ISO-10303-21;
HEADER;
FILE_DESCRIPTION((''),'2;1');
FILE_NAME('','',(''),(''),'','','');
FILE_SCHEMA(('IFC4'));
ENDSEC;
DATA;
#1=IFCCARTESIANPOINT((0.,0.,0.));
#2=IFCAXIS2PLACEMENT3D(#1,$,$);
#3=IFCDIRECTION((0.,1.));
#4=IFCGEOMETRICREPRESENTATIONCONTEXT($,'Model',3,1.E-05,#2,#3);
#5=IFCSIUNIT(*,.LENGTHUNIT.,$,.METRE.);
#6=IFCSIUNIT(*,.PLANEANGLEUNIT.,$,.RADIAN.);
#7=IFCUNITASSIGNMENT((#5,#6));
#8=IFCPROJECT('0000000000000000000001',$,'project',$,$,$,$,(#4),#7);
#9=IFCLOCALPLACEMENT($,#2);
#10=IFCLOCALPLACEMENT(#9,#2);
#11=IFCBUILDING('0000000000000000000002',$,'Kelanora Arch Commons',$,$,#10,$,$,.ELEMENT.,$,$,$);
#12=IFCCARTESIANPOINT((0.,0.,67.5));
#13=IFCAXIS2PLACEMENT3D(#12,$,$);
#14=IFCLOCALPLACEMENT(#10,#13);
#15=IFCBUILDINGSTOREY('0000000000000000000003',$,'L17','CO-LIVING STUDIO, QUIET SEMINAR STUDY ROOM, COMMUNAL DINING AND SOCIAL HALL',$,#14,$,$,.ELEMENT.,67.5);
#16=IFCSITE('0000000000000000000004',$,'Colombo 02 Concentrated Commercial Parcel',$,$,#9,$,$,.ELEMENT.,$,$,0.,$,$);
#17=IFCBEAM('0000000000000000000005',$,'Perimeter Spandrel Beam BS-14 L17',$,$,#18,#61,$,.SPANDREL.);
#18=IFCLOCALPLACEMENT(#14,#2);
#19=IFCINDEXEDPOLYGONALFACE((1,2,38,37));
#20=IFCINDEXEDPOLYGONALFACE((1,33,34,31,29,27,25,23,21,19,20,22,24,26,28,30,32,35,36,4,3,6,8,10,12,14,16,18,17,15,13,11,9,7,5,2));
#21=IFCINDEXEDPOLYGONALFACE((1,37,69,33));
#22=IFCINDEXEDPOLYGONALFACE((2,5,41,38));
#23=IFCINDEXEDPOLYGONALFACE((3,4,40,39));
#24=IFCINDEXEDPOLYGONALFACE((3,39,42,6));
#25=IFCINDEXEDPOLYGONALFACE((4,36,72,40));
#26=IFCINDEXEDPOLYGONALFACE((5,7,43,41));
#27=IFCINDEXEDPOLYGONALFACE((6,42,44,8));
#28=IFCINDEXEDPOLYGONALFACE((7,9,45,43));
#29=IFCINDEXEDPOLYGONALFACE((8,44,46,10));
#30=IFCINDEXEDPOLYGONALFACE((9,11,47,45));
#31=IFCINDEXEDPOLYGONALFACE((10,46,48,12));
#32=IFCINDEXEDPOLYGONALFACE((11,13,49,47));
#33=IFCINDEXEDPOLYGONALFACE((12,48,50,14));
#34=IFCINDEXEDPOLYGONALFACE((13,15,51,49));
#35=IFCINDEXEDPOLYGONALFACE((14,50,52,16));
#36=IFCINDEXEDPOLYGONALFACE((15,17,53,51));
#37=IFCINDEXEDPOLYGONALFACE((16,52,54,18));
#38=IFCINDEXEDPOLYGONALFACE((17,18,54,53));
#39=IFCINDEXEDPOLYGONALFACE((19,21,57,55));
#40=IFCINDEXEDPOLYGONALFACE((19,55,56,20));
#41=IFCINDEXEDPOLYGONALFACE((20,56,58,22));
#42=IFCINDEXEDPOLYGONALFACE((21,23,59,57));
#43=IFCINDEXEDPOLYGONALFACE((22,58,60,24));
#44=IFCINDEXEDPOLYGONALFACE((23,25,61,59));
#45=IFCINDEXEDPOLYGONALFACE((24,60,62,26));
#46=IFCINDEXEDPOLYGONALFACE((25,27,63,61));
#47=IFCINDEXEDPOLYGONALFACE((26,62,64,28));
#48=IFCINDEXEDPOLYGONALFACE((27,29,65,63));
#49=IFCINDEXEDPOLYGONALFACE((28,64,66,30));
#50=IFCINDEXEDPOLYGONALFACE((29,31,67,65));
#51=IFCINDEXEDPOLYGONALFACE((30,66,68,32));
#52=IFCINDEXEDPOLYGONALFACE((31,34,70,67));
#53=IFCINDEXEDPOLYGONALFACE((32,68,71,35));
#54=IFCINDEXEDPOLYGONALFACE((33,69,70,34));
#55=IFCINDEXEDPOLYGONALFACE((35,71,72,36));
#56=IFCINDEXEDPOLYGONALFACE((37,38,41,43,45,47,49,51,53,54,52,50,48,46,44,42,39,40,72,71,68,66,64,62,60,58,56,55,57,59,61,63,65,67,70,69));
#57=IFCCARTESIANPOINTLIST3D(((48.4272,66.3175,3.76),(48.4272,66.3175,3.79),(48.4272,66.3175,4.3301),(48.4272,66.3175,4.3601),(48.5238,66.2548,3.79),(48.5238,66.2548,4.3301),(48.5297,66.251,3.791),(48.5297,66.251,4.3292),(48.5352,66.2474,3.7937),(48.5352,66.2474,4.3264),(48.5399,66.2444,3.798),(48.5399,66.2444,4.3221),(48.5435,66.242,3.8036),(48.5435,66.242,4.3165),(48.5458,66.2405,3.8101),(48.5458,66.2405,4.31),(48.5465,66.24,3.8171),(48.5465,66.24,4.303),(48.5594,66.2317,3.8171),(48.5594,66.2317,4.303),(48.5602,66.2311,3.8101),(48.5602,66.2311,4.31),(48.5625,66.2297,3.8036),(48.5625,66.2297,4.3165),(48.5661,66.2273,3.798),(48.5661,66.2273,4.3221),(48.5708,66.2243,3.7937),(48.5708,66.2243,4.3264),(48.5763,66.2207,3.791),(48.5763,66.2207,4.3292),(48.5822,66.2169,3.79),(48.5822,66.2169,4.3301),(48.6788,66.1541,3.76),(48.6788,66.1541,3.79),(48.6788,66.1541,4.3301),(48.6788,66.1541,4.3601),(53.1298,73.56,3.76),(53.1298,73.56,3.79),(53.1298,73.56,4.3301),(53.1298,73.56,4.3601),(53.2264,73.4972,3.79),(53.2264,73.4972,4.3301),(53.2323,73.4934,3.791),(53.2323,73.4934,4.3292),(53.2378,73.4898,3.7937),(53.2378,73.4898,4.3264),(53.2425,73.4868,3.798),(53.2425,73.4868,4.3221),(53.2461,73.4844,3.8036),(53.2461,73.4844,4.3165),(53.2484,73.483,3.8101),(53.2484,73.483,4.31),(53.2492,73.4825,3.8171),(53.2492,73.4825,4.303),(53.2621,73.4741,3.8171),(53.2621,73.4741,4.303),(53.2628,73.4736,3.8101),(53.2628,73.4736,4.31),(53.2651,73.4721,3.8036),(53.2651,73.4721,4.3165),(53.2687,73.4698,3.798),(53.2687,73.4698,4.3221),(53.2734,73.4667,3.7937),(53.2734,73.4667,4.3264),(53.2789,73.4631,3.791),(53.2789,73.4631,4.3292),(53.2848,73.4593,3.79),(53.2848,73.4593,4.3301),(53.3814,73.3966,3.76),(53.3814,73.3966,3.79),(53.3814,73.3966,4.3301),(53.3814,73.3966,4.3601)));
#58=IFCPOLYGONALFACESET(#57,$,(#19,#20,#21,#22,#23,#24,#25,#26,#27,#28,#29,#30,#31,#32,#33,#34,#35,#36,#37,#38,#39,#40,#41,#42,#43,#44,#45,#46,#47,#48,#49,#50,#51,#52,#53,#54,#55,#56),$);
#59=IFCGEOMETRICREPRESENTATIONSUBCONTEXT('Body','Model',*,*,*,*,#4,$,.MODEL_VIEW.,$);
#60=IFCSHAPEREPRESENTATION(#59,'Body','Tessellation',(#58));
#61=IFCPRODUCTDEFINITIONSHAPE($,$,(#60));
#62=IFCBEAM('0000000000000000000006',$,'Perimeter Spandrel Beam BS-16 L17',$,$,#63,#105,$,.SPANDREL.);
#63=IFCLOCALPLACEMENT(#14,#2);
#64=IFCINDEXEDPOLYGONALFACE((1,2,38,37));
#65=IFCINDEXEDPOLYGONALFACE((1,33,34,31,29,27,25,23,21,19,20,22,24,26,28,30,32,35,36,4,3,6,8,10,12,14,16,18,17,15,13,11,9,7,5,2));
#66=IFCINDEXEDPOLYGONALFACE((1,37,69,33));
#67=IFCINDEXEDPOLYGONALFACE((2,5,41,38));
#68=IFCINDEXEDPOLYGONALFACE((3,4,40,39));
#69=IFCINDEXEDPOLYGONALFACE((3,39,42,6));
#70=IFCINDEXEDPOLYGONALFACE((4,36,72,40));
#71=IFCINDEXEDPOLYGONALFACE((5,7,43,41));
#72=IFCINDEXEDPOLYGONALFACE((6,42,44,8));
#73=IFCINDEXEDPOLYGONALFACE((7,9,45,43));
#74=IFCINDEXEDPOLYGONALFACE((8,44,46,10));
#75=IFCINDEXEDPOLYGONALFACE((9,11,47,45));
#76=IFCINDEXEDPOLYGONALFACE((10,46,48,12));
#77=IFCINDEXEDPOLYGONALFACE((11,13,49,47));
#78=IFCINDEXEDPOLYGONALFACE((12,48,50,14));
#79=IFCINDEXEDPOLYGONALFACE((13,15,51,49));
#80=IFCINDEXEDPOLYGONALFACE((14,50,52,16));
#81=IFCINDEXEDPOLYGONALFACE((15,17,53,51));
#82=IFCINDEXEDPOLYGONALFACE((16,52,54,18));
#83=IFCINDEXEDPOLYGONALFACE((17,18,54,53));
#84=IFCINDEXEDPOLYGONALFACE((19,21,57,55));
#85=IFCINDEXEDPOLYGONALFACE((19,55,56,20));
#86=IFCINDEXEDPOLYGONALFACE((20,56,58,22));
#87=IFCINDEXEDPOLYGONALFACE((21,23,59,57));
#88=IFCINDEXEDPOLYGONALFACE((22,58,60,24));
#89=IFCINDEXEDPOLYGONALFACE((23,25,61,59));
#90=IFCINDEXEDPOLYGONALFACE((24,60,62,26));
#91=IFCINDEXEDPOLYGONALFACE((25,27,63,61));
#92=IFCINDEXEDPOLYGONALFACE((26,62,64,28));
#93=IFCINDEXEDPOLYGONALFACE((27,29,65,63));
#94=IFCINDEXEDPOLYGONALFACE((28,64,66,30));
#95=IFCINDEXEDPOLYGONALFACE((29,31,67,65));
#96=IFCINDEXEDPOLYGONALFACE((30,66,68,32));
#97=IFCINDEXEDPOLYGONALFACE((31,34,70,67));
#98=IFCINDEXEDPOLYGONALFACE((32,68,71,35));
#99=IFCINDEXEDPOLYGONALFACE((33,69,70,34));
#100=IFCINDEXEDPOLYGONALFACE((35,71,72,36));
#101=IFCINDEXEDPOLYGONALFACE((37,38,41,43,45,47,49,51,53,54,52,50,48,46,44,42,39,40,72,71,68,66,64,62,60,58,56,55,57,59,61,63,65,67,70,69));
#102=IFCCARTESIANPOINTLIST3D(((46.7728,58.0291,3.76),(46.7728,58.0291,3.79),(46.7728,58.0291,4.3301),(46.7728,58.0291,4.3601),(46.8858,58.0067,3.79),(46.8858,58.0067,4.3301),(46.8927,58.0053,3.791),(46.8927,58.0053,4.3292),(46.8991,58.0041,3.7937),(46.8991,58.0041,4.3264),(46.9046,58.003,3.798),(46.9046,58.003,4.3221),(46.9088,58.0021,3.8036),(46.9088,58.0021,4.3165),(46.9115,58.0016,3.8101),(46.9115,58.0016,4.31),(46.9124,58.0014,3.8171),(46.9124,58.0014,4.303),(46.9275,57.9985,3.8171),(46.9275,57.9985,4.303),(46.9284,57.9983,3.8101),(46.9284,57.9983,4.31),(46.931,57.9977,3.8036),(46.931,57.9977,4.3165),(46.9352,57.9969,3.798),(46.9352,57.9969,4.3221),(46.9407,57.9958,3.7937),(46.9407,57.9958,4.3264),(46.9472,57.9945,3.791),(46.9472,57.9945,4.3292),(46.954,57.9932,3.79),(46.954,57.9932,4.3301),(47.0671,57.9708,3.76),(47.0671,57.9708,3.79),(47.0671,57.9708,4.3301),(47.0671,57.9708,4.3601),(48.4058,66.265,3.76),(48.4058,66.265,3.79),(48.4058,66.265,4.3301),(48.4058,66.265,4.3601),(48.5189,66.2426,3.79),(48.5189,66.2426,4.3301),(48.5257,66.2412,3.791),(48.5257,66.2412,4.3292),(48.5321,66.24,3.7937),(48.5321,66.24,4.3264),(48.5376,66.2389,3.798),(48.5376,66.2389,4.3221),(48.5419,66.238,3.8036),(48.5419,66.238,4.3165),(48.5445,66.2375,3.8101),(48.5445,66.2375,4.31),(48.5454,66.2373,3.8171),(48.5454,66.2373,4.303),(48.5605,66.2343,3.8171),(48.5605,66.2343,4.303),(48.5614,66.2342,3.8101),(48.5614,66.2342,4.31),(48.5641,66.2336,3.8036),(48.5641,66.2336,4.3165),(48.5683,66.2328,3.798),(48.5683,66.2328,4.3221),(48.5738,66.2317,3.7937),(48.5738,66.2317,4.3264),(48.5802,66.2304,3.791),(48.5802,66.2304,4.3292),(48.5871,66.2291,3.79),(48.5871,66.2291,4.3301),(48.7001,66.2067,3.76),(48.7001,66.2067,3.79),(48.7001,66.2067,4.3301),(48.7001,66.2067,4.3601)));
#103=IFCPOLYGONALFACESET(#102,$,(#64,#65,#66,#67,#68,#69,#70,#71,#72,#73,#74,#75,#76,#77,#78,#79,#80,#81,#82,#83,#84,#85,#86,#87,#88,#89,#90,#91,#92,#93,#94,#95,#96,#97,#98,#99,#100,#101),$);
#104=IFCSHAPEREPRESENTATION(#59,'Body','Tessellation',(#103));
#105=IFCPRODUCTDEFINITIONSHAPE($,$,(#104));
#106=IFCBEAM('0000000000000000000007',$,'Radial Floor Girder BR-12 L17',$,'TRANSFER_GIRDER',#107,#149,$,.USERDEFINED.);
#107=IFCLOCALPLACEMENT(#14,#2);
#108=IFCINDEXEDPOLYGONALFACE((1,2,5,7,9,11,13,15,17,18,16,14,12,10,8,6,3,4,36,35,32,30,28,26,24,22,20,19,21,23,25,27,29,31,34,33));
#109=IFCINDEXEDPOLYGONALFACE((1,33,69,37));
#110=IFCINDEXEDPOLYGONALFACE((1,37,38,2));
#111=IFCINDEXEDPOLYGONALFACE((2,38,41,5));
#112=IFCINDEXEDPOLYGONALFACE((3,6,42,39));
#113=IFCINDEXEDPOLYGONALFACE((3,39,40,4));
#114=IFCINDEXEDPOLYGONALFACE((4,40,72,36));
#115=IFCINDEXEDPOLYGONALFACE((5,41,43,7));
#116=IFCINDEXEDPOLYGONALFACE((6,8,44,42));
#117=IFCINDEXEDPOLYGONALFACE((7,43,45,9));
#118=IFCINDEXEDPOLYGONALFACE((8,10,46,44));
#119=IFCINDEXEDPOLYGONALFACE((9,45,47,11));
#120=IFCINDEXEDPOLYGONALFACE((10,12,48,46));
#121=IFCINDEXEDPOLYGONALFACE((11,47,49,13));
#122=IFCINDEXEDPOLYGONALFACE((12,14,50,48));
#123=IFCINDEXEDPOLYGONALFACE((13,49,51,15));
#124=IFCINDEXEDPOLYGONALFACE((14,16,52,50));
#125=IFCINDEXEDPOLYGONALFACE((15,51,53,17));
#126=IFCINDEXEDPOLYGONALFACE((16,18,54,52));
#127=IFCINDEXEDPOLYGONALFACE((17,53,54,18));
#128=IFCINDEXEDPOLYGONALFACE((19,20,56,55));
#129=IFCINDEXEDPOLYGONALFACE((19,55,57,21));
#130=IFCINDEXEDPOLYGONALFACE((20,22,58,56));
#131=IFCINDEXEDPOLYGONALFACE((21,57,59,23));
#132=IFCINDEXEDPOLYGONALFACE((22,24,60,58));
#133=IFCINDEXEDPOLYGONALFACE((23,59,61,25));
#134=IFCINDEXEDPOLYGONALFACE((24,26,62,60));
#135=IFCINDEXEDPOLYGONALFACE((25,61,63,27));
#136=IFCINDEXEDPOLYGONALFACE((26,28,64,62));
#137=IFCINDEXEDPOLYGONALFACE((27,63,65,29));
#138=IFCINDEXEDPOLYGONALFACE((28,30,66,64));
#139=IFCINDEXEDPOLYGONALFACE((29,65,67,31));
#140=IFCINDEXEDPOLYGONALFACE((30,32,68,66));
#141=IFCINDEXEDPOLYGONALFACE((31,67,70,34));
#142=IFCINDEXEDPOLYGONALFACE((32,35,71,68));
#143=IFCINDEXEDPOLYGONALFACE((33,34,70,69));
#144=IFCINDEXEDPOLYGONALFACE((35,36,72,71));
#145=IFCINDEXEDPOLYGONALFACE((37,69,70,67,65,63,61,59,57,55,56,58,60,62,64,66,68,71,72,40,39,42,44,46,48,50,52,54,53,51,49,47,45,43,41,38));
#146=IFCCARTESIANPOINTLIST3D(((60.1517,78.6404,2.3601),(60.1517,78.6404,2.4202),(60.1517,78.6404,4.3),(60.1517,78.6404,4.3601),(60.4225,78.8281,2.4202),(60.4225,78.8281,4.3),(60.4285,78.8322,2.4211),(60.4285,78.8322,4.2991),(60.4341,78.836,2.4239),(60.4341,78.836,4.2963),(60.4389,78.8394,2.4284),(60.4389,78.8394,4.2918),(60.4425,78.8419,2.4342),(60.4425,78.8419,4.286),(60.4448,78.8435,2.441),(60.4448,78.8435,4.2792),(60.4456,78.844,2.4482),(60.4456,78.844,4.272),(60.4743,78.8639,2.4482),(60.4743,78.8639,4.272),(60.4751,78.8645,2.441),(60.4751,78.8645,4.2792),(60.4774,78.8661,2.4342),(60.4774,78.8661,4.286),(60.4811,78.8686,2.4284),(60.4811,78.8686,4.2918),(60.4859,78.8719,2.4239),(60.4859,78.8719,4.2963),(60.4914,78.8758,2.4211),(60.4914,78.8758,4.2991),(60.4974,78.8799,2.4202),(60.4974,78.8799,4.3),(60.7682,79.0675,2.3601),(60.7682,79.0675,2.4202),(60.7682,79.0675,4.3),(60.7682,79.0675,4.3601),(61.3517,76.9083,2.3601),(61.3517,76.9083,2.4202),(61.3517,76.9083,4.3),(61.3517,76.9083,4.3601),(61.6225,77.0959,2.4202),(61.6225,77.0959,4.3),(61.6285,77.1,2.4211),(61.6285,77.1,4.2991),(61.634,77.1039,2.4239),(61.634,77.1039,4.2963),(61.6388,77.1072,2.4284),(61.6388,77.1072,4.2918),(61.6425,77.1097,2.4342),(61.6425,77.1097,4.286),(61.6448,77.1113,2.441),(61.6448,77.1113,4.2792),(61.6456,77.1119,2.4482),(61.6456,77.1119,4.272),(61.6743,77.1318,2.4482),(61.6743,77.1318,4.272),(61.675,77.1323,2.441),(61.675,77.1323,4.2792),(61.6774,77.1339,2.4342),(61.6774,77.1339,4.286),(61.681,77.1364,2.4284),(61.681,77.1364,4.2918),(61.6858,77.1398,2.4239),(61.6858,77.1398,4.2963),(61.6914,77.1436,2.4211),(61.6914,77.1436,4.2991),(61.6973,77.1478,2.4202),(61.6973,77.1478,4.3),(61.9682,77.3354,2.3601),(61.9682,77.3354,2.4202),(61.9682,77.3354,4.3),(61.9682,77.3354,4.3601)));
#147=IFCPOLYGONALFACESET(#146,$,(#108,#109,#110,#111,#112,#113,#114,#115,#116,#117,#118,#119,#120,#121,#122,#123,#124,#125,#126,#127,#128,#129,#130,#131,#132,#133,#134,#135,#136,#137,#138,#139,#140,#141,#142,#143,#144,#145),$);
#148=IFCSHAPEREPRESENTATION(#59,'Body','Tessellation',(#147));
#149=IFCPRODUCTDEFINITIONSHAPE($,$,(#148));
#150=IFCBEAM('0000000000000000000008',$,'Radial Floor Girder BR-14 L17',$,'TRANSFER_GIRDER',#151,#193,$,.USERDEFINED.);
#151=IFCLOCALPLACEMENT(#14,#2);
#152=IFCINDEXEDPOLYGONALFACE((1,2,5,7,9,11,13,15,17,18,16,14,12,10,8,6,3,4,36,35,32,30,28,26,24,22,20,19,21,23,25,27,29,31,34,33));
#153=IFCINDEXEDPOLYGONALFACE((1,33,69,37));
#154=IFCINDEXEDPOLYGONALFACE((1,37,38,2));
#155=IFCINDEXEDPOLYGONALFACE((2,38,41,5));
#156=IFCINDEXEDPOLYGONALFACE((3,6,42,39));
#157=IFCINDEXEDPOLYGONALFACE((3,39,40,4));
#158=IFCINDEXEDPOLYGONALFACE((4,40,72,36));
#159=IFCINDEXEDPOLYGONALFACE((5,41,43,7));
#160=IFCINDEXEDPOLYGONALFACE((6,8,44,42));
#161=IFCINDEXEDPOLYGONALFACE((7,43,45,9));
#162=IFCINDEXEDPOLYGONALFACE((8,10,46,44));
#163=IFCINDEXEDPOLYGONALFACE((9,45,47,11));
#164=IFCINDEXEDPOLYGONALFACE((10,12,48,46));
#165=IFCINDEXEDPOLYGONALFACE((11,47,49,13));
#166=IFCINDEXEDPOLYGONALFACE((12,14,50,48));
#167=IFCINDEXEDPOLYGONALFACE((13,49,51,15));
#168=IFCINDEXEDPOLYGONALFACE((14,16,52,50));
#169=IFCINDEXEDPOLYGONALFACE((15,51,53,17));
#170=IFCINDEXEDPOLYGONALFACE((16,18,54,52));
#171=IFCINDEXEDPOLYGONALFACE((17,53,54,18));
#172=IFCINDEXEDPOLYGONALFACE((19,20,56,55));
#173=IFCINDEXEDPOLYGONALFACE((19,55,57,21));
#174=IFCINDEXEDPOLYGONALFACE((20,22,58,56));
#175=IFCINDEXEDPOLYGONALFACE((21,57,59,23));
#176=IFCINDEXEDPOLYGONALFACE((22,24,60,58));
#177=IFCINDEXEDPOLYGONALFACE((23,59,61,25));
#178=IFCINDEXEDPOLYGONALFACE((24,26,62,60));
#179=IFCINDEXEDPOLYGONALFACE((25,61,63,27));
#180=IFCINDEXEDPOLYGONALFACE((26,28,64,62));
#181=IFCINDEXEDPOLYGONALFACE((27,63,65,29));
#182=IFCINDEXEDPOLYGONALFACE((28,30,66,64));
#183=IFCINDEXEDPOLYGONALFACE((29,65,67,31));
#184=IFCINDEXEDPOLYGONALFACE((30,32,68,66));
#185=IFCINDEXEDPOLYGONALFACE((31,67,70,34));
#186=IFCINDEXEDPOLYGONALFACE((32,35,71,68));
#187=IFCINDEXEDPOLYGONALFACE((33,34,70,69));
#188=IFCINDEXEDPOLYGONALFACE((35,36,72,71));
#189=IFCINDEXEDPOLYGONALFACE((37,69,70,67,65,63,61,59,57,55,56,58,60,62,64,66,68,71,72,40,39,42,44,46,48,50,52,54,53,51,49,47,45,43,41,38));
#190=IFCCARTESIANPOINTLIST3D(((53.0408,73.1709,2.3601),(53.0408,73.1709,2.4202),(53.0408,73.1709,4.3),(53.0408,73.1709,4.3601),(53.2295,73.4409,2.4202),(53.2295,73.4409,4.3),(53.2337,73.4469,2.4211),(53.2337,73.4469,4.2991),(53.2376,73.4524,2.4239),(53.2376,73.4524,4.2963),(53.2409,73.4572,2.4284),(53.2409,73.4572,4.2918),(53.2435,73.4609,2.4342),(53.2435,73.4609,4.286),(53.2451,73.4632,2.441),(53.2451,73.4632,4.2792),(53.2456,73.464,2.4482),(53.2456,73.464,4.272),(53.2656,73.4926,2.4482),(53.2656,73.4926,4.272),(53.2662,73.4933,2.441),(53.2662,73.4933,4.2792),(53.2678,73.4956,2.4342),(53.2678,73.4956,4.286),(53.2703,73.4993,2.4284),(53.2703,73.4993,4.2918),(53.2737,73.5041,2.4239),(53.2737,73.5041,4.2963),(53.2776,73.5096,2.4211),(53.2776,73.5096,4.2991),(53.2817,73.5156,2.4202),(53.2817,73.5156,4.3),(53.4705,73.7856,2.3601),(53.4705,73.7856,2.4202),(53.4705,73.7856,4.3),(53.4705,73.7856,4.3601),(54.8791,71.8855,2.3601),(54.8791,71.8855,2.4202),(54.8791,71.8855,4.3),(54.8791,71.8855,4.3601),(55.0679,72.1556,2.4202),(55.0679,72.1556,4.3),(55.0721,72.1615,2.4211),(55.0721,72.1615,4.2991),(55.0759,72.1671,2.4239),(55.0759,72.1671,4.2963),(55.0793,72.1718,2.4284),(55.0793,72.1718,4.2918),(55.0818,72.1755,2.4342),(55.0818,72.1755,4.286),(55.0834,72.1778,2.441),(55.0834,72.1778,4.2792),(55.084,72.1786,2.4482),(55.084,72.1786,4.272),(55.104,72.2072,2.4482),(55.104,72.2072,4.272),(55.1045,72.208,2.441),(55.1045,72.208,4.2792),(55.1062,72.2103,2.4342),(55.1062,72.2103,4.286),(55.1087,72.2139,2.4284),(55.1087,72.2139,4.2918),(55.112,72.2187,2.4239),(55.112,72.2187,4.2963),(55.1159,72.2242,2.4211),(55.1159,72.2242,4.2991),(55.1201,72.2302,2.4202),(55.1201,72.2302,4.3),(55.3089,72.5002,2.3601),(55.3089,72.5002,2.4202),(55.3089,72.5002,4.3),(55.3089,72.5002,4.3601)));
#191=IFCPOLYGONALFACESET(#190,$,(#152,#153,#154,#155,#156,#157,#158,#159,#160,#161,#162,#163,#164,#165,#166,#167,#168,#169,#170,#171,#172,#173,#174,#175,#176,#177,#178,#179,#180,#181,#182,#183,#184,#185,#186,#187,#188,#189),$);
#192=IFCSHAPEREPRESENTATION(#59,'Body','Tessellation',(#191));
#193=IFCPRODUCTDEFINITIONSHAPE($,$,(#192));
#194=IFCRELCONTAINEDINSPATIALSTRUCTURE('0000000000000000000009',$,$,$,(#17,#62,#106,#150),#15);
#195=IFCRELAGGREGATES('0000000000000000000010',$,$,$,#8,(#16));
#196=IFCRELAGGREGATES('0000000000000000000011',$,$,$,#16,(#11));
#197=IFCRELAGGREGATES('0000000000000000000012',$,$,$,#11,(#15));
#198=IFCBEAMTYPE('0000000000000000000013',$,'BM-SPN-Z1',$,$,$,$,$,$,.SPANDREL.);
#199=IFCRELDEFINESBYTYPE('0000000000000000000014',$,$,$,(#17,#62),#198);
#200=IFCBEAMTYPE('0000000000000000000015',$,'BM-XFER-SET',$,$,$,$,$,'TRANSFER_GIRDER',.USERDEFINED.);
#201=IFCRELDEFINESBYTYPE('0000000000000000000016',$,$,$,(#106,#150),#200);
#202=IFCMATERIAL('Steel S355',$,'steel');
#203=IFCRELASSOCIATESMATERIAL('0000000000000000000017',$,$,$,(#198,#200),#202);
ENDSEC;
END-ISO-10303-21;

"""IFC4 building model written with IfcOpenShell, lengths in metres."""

from ifc_helpers import new_model, si_unit, direction, frame, origin, origin_2d, place, context, subcontext, project, spatial, i_section, extrude, material, material_profile, profile_set, type_object, element, save


model = new_model("IFC4")

# Units and contexts
model_context = context("Model", 3, precision=1e-05, world=origin(), true_north=direction((0.0, 1.0)))
body_context = subcontext(model_context, "Body", "Model", "MODEL_VIEW")
ifc_project = project(units=[si_unit("LENGTHUNIT", "METRE"), si_unit("PLANEANGLEUNIT", "RADIAN")], contexts=[model_context])

# Site, building, storey
site_placement = place(None, origin())
site = spatial("IfcSite", under=ifc_project, at=site_placement, Name="Colombo 02 Concentrated Commercial Parcel", CompositionType="ELEMENT", RefElevation=0.0)
building_placement = place(site_placement, origin())
building = spatial("IfcBuilding", under=site, at=building_placement, Name="Kelanora Arch Commons", CompositionType="ELEMENT")
storey_placement = place(building_placement, frame((0.0, 0.0, 67.5)))
storey = spatial("IfcBuildingStorey", under=building, at=storey_placement, Name="L17", Description="CO-LIVING STUDIO, QUIET SEMINAR STUDY ROOM, COMMUNAL DINING AND SOCIAL HALL", CompositionType="ELEMENT", Elevation=67.5)

# Beams
ifc_material_1 = material(Name="Steel S355", Category="steel")
ifc_material_profile_1 = material_profile(ifc_material_1, i_section(OverallWidth=0.3, OverallDepth=0.6001, WebThickness=0.0154, FlangeThickness=0.03, FilletRadius=0.0271, at=origin_2d()), Name="HEB600")
ifc_profile_set_1 = profile_set([ifc_material_profile_1], Name="Steel S355")
beam_type_1 = type_object("IfcBeamType", Name="BM-SPN-Z1", PredefinedType="SPANDREL", material=ifc_profile_set_1)
beam_1_placement = place(storey_placement, frame((53.2556, 73.4783, 4.0601), z_axis=(-0.544586, -0.838705, 0.0), x_axis=(0.838705, -0.544586, 0.0)))
element("IfcBeam", 1, at=beam_1_placement, inside=storey, type_object=beam_type_1, Name="Perimeter Spandrel Beam BS-14 L17", PredefinedType="SPANDREL", context=body_context, shape_type="SweptSolid", body=[
    extrude(i_section(OverallWidth=0.3, OverallDepth=0.6001, WebThickness=0.0154, FlangeThickness=0.03, FilletRadius=0.0271, at=origin_2d()), origin(), (0.0, 0.0, 1.0), 8.6353),
])
beam_2_placement = place(storey_placement, frame((48.553, 66.2358, 4.0601), z_axis=(-0.1945, -0.980903, 0.0), x_axis=(0.980903, -0.1945, 0.0)))
element("IfcBeam", 2, at=beam_2_placement, inside=storey, type_object=beam_type_1, Name="Perimeter Spandrel Beam BS-16 L17", PredefinedType="SPANDREL", context=body_context, shape_type="SweptSolid", body=[
    extrude(i_section(OverallWidth=0.3, OverallDepth=0.6001, WebThickness=0.0154, FlangeThickness=0.03, FilletRadius=0.0271, at=origin_2d()), origin(), (0.0, 0.0, 1.0), 8.3962),
])
ifc_material_profile_2 = material_profile(ifc_material_1, i_section(OverallWidth=0.75, OverallDepth=2.0, WebThickness=0.0349, FlangeThickness=0.0601, FilletRadius=0.0281, at=origin_2d()), Name="PG2000x750")
ifc_profile_set_2 = profile_set([ifc_material_profile_2], Name="Steel S355")
beam_type_2 = type_object("IfcBeamType", Name="BM-XFER-SET", ElementType="TRANSFER_GIRDER", PredefinedType="USERDEFINED", material=ifc_profile_set_2)
beam_3_placement = place(storey_placement, frame((61.6599, 77.1218, 3.3601), z_axis=(-0.569451, 0.822025, 0.0), x_axis=(-0.822025, -0.569451, 0.0)))
element("IfcBeam", 3, at=beam_3_placement, inside=storey, type_object=beam_type_2, Name="Radial Floor Girder BR-12 L17", ObjectType="TRANSFER_GIRDER", PredefinedType="USERDEFINED", context=body_context, shape_type="SweptSolid", body=[
    extrude(i_section(OverallWidth=0.75, OverallDepth=2.0, WebThickness=0.0349, FlangeThickness=0.0601, FilletRadius=0.0281, at=origin_2d()), origin(), (0.0, 0.0, 1.0), 2.1072),
])
beam_4_placement = place(storey_placement, frame((55.094, 72.1929, 3.3601), z_axis=(-0.819539, 0.573024, 0.0), x_axis=(-0.573024, -0.819539, 0.0)))
element("IfcBeam", 4, at=beam_4_placement, inside=storey, type_object=beam_type_2, Name="Radial Floor Girder BR-14 L17", ObjectType="TRANSFER_GIRDER", PredefinedType="USERDEFINED", context=body_context, shape_type="SweptSolid", body=[
    extrude(i_section(OverallWidth=0.75, OverallDepth=2.0, WebThickness=0.0349, FlangeThickness=0.0601, FilletRadius=0.0281, at=origin_2d()), origin(), (0.0, 0.0, 1.0), 2.2432),
])

save(model, "model.ifc")
